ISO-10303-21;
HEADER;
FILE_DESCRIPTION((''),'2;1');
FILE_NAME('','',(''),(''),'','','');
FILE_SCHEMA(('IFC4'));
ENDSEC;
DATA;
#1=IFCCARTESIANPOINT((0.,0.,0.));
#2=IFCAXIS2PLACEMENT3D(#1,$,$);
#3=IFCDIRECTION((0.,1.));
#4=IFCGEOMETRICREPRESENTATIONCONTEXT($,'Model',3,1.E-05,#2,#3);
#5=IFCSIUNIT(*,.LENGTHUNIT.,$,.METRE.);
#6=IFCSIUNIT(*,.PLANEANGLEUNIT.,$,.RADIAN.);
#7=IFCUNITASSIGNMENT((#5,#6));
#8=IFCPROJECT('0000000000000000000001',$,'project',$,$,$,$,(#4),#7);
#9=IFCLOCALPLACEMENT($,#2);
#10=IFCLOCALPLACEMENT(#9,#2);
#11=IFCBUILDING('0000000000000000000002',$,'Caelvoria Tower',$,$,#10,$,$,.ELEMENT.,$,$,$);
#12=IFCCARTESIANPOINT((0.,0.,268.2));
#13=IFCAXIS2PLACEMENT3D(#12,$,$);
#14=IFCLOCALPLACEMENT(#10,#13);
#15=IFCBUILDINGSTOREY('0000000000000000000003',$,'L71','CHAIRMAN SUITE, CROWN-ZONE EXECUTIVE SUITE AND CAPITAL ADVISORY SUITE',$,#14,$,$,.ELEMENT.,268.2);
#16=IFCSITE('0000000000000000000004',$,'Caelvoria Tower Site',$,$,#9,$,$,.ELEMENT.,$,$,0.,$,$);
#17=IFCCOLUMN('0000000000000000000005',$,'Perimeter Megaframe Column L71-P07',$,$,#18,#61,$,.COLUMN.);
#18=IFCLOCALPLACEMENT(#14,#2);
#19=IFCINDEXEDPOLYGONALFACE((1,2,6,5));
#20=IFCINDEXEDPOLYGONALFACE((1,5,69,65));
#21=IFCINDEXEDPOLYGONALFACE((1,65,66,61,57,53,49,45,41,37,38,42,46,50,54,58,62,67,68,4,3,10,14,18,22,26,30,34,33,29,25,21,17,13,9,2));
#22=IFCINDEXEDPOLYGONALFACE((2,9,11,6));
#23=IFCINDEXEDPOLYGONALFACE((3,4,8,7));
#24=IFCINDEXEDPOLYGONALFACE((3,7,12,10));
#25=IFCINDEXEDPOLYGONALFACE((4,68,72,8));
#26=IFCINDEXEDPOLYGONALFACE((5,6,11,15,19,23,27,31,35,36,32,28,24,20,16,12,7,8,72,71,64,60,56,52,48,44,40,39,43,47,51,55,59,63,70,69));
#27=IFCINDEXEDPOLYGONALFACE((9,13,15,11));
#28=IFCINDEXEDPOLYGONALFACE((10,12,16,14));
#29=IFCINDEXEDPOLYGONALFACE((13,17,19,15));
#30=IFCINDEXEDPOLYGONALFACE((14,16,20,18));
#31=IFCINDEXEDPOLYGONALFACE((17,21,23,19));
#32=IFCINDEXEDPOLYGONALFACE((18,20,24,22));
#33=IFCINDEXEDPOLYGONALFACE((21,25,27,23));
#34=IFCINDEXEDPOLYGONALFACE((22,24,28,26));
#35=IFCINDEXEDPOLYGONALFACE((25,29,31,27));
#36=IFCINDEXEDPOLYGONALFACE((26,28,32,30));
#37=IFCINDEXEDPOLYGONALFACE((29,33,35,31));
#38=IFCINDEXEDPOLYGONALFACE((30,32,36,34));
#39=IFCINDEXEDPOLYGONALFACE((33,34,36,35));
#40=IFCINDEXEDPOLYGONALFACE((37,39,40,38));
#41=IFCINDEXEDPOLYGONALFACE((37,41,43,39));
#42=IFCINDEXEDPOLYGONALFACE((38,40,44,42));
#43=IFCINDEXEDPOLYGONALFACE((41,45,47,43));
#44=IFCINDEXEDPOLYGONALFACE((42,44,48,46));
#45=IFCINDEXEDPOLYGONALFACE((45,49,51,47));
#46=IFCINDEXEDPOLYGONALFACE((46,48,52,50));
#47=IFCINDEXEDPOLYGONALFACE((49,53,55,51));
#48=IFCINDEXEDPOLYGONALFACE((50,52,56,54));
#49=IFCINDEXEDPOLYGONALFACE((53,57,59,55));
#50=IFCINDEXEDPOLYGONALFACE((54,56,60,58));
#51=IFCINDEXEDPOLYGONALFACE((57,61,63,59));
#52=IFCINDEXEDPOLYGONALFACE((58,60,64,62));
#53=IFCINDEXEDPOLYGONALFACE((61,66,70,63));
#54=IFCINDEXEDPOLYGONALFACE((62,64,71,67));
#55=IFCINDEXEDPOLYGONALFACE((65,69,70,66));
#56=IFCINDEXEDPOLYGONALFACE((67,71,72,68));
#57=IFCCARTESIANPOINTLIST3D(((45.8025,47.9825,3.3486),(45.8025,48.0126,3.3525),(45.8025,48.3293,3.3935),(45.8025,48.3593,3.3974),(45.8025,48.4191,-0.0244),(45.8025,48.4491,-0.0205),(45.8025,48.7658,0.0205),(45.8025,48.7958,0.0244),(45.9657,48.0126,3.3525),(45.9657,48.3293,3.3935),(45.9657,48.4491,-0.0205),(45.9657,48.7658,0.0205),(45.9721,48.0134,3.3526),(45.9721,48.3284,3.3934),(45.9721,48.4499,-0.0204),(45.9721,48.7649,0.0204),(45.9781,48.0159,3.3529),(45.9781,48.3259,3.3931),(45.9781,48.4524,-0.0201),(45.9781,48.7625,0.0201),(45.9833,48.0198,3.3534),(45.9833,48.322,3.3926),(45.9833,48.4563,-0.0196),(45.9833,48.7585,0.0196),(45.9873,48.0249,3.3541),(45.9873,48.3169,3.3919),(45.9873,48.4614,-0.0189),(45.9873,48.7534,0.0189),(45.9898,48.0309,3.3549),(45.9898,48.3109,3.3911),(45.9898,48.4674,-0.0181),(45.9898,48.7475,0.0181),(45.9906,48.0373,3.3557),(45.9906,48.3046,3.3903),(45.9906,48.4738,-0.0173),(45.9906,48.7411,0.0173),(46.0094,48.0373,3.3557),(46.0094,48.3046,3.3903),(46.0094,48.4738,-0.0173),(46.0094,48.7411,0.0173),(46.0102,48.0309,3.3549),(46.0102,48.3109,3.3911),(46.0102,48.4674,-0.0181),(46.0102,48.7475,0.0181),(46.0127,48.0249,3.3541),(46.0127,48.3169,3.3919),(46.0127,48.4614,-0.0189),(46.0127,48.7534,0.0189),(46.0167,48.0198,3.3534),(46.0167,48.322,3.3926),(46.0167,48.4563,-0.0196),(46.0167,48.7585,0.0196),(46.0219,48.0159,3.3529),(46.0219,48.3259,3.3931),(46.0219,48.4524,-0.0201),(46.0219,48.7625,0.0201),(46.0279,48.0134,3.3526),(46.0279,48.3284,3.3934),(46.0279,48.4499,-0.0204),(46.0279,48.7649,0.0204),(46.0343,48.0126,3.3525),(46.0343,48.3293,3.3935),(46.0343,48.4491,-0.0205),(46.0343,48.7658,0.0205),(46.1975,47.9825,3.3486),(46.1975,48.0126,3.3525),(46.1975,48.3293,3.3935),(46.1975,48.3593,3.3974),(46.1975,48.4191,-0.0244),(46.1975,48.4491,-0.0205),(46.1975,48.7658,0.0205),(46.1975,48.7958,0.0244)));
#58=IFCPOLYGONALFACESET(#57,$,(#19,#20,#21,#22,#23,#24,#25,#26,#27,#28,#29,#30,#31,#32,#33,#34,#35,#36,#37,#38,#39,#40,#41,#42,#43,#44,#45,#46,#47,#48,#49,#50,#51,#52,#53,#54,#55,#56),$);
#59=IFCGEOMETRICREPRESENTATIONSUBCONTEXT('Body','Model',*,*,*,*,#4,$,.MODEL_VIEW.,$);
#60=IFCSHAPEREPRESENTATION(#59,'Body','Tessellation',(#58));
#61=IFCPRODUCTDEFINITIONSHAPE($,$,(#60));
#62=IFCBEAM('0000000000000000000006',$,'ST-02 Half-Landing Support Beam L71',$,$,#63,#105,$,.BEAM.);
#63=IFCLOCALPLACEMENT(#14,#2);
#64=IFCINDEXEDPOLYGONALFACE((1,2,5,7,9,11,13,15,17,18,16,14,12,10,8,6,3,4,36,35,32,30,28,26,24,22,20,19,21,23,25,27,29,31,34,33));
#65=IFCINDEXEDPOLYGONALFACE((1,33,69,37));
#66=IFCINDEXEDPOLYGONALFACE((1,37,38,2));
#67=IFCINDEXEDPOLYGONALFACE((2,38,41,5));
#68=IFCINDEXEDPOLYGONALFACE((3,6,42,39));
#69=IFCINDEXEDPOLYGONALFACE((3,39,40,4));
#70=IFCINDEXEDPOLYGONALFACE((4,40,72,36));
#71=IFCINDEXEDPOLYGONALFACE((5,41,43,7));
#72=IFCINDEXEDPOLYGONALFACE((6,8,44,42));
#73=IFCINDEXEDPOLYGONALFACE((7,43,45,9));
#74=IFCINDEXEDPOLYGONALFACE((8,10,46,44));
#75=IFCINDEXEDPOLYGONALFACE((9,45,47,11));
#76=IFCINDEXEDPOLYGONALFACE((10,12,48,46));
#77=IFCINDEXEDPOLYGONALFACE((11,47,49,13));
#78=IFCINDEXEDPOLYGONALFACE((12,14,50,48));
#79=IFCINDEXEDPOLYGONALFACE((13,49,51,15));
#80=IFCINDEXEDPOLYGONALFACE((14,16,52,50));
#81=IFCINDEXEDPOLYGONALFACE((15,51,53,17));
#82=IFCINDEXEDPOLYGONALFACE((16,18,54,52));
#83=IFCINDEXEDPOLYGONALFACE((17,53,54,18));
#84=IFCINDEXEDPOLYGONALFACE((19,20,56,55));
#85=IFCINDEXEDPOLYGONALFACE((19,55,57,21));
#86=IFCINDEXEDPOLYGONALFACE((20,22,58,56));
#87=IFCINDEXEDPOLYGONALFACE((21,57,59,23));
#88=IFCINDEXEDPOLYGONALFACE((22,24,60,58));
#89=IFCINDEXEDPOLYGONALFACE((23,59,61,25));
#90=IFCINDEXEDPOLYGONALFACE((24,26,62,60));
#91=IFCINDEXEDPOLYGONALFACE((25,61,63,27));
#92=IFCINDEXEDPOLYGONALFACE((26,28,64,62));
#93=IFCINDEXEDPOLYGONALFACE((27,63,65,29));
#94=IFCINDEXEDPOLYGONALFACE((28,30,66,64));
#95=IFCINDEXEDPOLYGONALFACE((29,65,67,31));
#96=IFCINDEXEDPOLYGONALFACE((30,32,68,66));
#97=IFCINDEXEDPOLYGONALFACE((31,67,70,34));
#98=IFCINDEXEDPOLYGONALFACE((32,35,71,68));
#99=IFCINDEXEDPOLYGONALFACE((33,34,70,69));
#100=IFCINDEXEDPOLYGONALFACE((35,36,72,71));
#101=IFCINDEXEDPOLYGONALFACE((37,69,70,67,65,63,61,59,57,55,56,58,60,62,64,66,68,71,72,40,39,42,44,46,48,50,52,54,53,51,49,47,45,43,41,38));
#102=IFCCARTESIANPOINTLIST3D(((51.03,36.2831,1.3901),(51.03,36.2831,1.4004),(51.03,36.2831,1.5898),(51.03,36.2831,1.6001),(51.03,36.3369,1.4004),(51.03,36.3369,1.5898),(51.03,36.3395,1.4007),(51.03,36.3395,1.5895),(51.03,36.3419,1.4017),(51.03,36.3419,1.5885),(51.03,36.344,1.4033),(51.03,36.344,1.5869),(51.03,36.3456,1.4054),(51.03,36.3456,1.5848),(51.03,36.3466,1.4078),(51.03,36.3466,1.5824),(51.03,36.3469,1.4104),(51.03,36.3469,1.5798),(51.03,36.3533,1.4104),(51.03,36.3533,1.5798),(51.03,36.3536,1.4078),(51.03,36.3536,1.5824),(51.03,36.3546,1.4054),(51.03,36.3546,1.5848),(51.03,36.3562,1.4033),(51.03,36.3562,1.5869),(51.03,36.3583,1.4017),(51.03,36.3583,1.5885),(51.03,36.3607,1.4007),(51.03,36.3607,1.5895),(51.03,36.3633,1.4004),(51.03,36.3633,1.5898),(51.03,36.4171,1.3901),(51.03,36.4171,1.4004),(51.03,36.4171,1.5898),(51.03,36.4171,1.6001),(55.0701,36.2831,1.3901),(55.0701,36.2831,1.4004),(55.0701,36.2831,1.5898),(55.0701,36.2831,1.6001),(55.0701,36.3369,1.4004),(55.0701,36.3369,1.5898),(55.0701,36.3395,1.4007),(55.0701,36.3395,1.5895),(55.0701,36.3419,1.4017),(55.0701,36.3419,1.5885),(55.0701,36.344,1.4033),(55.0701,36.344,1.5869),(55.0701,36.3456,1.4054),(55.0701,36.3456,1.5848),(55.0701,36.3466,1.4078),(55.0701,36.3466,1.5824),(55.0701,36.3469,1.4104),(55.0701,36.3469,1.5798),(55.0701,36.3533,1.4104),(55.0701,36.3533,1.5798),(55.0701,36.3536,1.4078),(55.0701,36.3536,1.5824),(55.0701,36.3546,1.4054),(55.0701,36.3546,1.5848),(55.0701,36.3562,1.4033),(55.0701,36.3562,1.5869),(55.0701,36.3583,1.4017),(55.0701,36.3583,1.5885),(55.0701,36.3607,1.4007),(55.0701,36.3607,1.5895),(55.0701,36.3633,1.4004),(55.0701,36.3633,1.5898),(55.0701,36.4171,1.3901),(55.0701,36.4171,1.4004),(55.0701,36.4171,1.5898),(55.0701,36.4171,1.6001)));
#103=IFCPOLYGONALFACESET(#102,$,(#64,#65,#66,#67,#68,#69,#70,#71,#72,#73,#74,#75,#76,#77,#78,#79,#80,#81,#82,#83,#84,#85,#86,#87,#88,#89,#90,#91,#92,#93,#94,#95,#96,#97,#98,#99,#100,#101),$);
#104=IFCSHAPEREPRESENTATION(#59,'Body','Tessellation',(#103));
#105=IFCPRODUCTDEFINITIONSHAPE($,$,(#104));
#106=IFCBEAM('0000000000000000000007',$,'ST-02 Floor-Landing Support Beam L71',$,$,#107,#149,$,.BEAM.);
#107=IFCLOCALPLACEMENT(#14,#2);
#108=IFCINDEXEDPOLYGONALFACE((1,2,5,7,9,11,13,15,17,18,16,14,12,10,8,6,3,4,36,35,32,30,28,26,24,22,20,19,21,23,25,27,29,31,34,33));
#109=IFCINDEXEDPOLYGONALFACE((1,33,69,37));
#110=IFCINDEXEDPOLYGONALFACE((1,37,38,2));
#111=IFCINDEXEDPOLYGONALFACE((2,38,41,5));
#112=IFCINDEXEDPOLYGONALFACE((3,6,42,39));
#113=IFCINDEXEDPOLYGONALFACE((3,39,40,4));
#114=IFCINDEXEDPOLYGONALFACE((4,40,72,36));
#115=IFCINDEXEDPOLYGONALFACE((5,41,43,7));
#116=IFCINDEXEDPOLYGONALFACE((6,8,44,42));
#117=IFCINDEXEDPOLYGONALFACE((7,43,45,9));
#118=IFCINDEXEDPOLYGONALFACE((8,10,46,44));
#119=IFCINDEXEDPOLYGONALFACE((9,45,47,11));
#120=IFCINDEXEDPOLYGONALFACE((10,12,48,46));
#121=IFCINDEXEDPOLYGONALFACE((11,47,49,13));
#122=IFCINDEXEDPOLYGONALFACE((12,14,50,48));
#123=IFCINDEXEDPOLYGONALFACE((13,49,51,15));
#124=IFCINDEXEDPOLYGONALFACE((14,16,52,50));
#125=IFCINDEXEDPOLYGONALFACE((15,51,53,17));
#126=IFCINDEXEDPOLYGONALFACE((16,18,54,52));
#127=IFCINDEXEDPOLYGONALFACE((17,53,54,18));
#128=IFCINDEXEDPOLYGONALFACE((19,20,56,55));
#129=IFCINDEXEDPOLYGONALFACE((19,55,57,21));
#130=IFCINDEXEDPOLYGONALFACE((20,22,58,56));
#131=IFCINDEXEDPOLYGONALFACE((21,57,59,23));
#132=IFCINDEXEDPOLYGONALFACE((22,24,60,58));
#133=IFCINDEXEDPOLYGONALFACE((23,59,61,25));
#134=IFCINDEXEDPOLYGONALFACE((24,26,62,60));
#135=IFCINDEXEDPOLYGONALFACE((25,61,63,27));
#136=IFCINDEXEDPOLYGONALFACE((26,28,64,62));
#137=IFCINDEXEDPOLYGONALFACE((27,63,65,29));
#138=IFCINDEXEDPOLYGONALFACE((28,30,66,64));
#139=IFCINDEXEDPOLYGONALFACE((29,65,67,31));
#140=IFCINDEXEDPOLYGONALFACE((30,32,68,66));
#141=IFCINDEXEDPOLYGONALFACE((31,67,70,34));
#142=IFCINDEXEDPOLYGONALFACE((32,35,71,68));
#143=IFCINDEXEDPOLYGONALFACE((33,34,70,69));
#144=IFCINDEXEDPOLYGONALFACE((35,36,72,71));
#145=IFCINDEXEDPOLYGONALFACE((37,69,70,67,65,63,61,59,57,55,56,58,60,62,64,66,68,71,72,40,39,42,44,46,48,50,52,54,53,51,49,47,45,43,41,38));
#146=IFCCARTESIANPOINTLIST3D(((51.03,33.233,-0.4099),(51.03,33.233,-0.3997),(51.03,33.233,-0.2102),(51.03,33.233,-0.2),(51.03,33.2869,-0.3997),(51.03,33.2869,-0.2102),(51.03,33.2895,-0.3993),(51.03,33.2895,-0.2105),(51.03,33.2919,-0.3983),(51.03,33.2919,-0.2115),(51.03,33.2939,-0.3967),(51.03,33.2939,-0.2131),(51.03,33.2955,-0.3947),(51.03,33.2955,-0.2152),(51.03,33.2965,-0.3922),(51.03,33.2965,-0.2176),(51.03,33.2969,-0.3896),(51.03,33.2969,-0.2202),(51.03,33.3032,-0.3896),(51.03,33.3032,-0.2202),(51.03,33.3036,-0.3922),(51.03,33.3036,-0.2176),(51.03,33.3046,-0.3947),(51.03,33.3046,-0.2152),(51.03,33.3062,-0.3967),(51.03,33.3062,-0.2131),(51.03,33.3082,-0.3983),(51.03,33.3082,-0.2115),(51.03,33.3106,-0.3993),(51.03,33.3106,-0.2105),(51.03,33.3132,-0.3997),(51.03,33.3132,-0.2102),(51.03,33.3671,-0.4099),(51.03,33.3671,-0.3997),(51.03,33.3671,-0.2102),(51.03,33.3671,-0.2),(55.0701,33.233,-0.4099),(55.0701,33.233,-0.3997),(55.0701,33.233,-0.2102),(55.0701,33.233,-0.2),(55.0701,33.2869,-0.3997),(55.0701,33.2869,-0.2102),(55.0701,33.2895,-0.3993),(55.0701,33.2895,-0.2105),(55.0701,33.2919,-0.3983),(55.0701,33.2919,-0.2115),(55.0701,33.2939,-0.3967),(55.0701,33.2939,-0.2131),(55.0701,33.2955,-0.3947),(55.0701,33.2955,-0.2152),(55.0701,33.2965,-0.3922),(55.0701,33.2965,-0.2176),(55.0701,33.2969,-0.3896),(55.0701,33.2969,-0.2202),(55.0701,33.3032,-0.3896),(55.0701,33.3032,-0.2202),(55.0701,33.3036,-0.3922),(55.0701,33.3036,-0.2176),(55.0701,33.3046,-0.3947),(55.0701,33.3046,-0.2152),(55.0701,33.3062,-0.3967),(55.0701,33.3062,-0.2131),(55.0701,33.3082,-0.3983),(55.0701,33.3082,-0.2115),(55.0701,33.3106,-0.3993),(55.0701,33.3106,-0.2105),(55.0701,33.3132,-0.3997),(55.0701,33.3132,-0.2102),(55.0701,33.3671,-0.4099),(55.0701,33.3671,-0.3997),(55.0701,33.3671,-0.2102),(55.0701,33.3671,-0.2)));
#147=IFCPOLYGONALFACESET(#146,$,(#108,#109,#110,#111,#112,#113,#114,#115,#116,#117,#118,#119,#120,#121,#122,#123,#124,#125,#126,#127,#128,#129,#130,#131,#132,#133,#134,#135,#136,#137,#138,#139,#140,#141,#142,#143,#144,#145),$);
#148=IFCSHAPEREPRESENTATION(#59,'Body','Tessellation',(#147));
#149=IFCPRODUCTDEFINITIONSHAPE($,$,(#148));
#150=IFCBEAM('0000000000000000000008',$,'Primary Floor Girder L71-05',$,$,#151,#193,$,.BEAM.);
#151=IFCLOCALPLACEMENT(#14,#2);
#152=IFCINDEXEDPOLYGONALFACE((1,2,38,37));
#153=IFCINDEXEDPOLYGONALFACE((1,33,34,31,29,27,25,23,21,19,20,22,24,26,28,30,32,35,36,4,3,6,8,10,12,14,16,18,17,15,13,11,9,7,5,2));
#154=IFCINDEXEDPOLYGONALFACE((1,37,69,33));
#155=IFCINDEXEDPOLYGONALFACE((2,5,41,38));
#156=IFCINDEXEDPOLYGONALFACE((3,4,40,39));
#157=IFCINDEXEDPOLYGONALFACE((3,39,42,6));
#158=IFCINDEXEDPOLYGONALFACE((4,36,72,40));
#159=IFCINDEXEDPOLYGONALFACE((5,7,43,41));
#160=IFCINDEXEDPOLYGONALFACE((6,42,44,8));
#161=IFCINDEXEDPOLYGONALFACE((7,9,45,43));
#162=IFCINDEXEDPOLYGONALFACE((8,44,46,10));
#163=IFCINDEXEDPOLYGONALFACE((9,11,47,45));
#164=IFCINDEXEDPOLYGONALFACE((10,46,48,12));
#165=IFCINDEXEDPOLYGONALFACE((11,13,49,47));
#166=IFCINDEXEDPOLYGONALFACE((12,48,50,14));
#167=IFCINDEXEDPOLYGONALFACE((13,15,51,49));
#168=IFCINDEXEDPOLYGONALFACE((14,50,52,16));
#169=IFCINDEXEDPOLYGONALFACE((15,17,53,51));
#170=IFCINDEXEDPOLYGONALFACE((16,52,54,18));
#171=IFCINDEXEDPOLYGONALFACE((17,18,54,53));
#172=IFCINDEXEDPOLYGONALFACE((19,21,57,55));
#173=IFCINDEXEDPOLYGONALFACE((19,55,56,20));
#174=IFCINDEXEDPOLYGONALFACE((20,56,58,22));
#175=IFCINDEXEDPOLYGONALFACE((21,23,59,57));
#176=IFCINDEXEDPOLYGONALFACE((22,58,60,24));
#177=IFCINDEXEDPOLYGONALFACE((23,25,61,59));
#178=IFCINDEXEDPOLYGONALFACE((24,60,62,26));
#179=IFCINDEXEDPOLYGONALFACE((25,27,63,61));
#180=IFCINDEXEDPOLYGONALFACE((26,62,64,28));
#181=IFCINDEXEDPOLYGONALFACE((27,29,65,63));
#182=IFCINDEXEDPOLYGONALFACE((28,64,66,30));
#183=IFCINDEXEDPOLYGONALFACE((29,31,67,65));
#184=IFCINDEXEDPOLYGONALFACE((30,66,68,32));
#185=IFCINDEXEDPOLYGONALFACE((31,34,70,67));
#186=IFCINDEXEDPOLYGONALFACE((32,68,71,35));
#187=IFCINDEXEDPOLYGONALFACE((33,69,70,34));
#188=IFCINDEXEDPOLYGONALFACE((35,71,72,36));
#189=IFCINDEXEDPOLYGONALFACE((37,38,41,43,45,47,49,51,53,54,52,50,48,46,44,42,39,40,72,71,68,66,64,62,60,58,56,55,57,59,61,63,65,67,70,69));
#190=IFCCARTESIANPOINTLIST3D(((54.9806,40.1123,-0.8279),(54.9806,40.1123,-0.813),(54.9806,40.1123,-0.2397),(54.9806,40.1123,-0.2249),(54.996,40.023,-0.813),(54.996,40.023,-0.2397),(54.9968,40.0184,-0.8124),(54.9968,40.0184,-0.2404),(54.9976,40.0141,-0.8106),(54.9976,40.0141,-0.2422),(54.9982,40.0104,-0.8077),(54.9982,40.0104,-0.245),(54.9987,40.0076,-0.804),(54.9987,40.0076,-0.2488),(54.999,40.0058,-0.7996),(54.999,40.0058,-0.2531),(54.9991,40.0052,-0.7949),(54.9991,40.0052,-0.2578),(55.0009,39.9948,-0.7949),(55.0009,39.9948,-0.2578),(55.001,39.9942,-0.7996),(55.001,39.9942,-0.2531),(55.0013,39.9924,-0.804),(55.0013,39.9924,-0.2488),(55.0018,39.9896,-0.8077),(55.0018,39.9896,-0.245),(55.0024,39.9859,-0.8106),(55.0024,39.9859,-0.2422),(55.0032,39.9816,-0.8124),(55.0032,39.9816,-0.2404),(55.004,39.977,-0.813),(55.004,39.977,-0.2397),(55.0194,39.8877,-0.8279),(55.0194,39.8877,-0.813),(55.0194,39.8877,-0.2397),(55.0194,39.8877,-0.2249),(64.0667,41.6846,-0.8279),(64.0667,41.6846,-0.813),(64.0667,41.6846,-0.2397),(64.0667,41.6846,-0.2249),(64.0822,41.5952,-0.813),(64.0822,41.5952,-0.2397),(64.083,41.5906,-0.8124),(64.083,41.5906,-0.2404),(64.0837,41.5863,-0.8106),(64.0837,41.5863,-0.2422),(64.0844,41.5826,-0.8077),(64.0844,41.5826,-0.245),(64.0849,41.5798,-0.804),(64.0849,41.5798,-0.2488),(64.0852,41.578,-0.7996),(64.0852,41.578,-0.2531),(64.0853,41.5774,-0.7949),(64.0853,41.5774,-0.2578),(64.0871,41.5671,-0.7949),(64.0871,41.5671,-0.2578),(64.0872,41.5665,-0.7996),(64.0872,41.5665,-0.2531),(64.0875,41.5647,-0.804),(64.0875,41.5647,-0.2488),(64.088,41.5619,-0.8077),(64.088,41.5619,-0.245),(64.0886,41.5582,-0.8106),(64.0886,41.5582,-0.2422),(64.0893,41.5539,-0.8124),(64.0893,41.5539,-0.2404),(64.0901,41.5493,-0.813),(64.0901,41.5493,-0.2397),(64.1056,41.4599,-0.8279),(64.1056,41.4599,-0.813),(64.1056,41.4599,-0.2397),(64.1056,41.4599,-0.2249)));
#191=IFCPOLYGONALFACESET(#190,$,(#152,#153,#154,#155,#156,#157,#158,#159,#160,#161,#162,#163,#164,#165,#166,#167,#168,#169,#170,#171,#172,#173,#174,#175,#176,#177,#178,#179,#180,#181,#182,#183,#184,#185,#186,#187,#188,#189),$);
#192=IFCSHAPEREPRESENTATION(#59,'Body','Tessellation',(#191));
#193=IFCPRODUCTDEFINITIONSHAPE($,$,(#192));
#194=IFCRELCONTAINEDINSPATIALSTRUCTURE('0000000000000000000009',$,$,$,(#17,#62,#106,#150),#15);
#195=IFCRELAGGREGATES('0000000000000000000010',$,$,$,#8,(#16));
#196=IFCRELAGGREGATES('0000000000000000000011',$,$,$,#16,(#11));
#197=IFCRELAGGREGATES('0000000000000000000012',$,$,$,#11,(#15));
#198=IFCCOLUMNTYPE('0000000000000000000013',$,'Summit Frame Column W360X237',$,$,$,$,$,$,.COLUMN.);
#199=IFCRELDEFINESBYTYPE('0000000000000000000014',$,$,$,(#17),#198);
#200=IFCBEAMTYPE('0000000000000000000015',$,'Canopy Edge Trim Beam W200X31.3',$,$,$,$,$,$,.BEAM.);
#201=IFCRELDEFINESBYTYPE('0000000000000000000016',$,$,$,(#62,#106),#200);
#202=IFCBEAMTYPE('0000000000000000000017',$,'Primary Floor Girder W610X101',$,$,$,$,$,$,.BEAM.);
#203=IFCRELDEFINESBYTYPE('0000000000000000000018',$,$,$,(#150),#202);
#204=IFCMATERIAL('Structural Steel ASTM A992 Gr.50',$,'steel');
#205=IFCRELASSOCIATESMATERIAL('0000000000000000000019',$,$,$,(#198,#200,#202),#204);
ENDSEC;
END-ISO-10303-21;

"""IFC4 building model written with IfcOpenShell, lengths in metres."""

from ifc_helpers import new_model, si_unit, direction, frame, origin, origin_2d, place, context, subcontext, project, spatial, i_section, extrude, material, material_profile, profile_set, type_object, element, save


model = new_model("IFC4")

# Units and contexts
model_context = context("Model", 3, precision=1e-05, world=origin(), true_north=direction((0.0, 1.0)))
body_context = subcontext(model_context, "Body", "Model", "MODEL_VIEW")
ifc_project = project(units=[si_unit("LENGTHUNIT", "METRE"), si_unit("PLANEANGLEUNIT", "RADIAN")], contexts=[model_context])

# Site, building, storey
site_placement = place(None, origin())
site = spatial("IfcSite", under=ifc_project, at=site_placement, Name="Caelvoria Tower Site", CompositionType="ELEMENT", RefElevation=0.0)
building_placement = place(site_placement, origin())
building = spatial("IfcBuilding", under=site, at=building_placement, Name="Caelvoria Tower", CompositionType="ELEMENT")
storey_placement = place(building_placement, frame((0.0, 0.0, 268.2)))
storey = spatial("IfcBuildingStorey", under=building, at=storey_placement, Name="L71", Description="CHAIRMAN SUITE, CROWN-ZONE EXECUTIVE SUITE AND CAPITAL ADVISORY SUITE", CompositionType="ELEMENT", Elevation=268.2)

# Column
ifc_material_1 = material(Name="Structural Steel ASTM A992 Gr.50", Category="steel")
ifc_material_profile_1 = material_profile(ifc_material_1, i_section(OverallWidth=0.395, OverallDepth=0.3799, WebThickness=0.0188, FlangeThickness=0.0303, FilletRadius=0.0249, at=origin_2d()), Name="Structural Steel ASTM A992 Gr.50")
ifc_profile_set_1 = profile_set([ifc_material_profile_1], Name="W360X237 - Structural Steel ASTM A992 Gr.50")
column_type = type_object("IfcColumnType", Name="Summit Frame Column W360X237", PredefinedType="COLUMN", material=ifc_profile_set_1)
column_placement = place(storey_placement, frame((46.0, 48.6074, 0.0), z_axis=(0.0, -0.128345, 0.99173), x_axis=(1.0, 0.0, 0.0)))
element("IfcColumn", 1, at=column_placement, inside=storey, type_object=column_type, Name="Perimeter Megaframe Column L71-P07", PredefinedType="COLUMN", context=body_context, shape_type="SweptSolid", body=[
    extrude(i_section(OverallWidth=0.395, OverallDepth=0.3799, WebThickness=0.0188, FlangeThickness=0.0303, FilletRadius=0.0249, at=origin_2d()), origin(), (0.0, 0.0, 1.0), 3.4011),
])

# Beams
ifc_material_profile_2 = material_profile(ifc_material_1, i_section(OverallWidth=0.134, OverallDepth=0.21, WebThickness=0.0063, FlangeThickness=0.0103, FilletRadius=0.01, at=origin_2d()), Name="Structural Steel ASTM A992 Gr.50")
ifc_profile_set_2 = profile_set([ifc_material_profile_2], Name="W200X31.3 - Structural Steel ASTM A992 Gr.50")
beam_type_1 = type_object("IfcBeamType", Name="Canopy Edge Trim Beam W200X31.3", PredefinedType="BEAM", material=ifc_profile_set_2)
for number, where, z_axis, x_axis, name in (
    (2, (51.03, 36.3501, 1.4951), (1.0, 0.0, 0.0), (0.0, 1.0, 0.0), "ST-02 Half-Landing Support Beam L71"),
    (3, (51.03, 33.3, -0.3049), (1.0, 0.0, 0.0), (0.0, 1.0, 0.0), "ST-02 Floor-Landing Support Beam L71"),
):
    element("IfcBeam", number, at=place(storey_placement, frame(where, z_axis=z_axis, x_axis=x_axis)), inside=storey, type_object=beam_type_1, Name=name, PredefinedType="BEAM", context=body_context, shape_type="SweptSolid", body=[
        extrude(i_section(OverallWidth=0.134, OverallDepth=0.21, WebThickness=0.0063, FlangeThickness=0.0103, FilletRadius=0.01, at=origin_2d()), origin(), (0.0, 0.0, 1.0), 4.04),
    ])
ifc_material_profile_3 = material_profile(ifc_material_1, i_section(OverallWidth=0.228, OverallDepth=0.603, WebThickness=0.0105, FlangeThickness=0.0149, FilletRadius=0.0181, at=origin_2d()), Name="Structural Steel ASTM A992 Gr.50")
ifc_profile_set_3 = profile_set([ifc_material_profile_3], Name="W610X101 - Structural Steel ASTM A992 Gr.50")
beam_type_2 = type_object("IfcBeamType", Name="Primary Floor Girder W610X101", PredefinedType="BEAM", material=ifc_profile_set_3)
beam_1_placement = place(storey_placement, frame((55.0, 40.0, -0.5264), z_axis=(0.985357, 0.170505, 0.0), x_axis=(-0.170505, 0.985357, 0.0)))
element("IfcBeam", 4, at=beam_1_placement, inside=storey, type_object=beam_type_2, Name="Primary Floor Girder L71-05", PredefinedType="BEAM", context=body_context, shape_type="SweptSolid", body=[
    extrude(i_section(OverallWidth=0.228, OverallDepth=0.603, WebThickness=0.0105, FlangeThickness=0.0149, FilletRadius=0.0181, at=origin_2d()), origin(), (0.0, 0.0, 1.0), 9.2212),
])

save(model, "model.ifc")
